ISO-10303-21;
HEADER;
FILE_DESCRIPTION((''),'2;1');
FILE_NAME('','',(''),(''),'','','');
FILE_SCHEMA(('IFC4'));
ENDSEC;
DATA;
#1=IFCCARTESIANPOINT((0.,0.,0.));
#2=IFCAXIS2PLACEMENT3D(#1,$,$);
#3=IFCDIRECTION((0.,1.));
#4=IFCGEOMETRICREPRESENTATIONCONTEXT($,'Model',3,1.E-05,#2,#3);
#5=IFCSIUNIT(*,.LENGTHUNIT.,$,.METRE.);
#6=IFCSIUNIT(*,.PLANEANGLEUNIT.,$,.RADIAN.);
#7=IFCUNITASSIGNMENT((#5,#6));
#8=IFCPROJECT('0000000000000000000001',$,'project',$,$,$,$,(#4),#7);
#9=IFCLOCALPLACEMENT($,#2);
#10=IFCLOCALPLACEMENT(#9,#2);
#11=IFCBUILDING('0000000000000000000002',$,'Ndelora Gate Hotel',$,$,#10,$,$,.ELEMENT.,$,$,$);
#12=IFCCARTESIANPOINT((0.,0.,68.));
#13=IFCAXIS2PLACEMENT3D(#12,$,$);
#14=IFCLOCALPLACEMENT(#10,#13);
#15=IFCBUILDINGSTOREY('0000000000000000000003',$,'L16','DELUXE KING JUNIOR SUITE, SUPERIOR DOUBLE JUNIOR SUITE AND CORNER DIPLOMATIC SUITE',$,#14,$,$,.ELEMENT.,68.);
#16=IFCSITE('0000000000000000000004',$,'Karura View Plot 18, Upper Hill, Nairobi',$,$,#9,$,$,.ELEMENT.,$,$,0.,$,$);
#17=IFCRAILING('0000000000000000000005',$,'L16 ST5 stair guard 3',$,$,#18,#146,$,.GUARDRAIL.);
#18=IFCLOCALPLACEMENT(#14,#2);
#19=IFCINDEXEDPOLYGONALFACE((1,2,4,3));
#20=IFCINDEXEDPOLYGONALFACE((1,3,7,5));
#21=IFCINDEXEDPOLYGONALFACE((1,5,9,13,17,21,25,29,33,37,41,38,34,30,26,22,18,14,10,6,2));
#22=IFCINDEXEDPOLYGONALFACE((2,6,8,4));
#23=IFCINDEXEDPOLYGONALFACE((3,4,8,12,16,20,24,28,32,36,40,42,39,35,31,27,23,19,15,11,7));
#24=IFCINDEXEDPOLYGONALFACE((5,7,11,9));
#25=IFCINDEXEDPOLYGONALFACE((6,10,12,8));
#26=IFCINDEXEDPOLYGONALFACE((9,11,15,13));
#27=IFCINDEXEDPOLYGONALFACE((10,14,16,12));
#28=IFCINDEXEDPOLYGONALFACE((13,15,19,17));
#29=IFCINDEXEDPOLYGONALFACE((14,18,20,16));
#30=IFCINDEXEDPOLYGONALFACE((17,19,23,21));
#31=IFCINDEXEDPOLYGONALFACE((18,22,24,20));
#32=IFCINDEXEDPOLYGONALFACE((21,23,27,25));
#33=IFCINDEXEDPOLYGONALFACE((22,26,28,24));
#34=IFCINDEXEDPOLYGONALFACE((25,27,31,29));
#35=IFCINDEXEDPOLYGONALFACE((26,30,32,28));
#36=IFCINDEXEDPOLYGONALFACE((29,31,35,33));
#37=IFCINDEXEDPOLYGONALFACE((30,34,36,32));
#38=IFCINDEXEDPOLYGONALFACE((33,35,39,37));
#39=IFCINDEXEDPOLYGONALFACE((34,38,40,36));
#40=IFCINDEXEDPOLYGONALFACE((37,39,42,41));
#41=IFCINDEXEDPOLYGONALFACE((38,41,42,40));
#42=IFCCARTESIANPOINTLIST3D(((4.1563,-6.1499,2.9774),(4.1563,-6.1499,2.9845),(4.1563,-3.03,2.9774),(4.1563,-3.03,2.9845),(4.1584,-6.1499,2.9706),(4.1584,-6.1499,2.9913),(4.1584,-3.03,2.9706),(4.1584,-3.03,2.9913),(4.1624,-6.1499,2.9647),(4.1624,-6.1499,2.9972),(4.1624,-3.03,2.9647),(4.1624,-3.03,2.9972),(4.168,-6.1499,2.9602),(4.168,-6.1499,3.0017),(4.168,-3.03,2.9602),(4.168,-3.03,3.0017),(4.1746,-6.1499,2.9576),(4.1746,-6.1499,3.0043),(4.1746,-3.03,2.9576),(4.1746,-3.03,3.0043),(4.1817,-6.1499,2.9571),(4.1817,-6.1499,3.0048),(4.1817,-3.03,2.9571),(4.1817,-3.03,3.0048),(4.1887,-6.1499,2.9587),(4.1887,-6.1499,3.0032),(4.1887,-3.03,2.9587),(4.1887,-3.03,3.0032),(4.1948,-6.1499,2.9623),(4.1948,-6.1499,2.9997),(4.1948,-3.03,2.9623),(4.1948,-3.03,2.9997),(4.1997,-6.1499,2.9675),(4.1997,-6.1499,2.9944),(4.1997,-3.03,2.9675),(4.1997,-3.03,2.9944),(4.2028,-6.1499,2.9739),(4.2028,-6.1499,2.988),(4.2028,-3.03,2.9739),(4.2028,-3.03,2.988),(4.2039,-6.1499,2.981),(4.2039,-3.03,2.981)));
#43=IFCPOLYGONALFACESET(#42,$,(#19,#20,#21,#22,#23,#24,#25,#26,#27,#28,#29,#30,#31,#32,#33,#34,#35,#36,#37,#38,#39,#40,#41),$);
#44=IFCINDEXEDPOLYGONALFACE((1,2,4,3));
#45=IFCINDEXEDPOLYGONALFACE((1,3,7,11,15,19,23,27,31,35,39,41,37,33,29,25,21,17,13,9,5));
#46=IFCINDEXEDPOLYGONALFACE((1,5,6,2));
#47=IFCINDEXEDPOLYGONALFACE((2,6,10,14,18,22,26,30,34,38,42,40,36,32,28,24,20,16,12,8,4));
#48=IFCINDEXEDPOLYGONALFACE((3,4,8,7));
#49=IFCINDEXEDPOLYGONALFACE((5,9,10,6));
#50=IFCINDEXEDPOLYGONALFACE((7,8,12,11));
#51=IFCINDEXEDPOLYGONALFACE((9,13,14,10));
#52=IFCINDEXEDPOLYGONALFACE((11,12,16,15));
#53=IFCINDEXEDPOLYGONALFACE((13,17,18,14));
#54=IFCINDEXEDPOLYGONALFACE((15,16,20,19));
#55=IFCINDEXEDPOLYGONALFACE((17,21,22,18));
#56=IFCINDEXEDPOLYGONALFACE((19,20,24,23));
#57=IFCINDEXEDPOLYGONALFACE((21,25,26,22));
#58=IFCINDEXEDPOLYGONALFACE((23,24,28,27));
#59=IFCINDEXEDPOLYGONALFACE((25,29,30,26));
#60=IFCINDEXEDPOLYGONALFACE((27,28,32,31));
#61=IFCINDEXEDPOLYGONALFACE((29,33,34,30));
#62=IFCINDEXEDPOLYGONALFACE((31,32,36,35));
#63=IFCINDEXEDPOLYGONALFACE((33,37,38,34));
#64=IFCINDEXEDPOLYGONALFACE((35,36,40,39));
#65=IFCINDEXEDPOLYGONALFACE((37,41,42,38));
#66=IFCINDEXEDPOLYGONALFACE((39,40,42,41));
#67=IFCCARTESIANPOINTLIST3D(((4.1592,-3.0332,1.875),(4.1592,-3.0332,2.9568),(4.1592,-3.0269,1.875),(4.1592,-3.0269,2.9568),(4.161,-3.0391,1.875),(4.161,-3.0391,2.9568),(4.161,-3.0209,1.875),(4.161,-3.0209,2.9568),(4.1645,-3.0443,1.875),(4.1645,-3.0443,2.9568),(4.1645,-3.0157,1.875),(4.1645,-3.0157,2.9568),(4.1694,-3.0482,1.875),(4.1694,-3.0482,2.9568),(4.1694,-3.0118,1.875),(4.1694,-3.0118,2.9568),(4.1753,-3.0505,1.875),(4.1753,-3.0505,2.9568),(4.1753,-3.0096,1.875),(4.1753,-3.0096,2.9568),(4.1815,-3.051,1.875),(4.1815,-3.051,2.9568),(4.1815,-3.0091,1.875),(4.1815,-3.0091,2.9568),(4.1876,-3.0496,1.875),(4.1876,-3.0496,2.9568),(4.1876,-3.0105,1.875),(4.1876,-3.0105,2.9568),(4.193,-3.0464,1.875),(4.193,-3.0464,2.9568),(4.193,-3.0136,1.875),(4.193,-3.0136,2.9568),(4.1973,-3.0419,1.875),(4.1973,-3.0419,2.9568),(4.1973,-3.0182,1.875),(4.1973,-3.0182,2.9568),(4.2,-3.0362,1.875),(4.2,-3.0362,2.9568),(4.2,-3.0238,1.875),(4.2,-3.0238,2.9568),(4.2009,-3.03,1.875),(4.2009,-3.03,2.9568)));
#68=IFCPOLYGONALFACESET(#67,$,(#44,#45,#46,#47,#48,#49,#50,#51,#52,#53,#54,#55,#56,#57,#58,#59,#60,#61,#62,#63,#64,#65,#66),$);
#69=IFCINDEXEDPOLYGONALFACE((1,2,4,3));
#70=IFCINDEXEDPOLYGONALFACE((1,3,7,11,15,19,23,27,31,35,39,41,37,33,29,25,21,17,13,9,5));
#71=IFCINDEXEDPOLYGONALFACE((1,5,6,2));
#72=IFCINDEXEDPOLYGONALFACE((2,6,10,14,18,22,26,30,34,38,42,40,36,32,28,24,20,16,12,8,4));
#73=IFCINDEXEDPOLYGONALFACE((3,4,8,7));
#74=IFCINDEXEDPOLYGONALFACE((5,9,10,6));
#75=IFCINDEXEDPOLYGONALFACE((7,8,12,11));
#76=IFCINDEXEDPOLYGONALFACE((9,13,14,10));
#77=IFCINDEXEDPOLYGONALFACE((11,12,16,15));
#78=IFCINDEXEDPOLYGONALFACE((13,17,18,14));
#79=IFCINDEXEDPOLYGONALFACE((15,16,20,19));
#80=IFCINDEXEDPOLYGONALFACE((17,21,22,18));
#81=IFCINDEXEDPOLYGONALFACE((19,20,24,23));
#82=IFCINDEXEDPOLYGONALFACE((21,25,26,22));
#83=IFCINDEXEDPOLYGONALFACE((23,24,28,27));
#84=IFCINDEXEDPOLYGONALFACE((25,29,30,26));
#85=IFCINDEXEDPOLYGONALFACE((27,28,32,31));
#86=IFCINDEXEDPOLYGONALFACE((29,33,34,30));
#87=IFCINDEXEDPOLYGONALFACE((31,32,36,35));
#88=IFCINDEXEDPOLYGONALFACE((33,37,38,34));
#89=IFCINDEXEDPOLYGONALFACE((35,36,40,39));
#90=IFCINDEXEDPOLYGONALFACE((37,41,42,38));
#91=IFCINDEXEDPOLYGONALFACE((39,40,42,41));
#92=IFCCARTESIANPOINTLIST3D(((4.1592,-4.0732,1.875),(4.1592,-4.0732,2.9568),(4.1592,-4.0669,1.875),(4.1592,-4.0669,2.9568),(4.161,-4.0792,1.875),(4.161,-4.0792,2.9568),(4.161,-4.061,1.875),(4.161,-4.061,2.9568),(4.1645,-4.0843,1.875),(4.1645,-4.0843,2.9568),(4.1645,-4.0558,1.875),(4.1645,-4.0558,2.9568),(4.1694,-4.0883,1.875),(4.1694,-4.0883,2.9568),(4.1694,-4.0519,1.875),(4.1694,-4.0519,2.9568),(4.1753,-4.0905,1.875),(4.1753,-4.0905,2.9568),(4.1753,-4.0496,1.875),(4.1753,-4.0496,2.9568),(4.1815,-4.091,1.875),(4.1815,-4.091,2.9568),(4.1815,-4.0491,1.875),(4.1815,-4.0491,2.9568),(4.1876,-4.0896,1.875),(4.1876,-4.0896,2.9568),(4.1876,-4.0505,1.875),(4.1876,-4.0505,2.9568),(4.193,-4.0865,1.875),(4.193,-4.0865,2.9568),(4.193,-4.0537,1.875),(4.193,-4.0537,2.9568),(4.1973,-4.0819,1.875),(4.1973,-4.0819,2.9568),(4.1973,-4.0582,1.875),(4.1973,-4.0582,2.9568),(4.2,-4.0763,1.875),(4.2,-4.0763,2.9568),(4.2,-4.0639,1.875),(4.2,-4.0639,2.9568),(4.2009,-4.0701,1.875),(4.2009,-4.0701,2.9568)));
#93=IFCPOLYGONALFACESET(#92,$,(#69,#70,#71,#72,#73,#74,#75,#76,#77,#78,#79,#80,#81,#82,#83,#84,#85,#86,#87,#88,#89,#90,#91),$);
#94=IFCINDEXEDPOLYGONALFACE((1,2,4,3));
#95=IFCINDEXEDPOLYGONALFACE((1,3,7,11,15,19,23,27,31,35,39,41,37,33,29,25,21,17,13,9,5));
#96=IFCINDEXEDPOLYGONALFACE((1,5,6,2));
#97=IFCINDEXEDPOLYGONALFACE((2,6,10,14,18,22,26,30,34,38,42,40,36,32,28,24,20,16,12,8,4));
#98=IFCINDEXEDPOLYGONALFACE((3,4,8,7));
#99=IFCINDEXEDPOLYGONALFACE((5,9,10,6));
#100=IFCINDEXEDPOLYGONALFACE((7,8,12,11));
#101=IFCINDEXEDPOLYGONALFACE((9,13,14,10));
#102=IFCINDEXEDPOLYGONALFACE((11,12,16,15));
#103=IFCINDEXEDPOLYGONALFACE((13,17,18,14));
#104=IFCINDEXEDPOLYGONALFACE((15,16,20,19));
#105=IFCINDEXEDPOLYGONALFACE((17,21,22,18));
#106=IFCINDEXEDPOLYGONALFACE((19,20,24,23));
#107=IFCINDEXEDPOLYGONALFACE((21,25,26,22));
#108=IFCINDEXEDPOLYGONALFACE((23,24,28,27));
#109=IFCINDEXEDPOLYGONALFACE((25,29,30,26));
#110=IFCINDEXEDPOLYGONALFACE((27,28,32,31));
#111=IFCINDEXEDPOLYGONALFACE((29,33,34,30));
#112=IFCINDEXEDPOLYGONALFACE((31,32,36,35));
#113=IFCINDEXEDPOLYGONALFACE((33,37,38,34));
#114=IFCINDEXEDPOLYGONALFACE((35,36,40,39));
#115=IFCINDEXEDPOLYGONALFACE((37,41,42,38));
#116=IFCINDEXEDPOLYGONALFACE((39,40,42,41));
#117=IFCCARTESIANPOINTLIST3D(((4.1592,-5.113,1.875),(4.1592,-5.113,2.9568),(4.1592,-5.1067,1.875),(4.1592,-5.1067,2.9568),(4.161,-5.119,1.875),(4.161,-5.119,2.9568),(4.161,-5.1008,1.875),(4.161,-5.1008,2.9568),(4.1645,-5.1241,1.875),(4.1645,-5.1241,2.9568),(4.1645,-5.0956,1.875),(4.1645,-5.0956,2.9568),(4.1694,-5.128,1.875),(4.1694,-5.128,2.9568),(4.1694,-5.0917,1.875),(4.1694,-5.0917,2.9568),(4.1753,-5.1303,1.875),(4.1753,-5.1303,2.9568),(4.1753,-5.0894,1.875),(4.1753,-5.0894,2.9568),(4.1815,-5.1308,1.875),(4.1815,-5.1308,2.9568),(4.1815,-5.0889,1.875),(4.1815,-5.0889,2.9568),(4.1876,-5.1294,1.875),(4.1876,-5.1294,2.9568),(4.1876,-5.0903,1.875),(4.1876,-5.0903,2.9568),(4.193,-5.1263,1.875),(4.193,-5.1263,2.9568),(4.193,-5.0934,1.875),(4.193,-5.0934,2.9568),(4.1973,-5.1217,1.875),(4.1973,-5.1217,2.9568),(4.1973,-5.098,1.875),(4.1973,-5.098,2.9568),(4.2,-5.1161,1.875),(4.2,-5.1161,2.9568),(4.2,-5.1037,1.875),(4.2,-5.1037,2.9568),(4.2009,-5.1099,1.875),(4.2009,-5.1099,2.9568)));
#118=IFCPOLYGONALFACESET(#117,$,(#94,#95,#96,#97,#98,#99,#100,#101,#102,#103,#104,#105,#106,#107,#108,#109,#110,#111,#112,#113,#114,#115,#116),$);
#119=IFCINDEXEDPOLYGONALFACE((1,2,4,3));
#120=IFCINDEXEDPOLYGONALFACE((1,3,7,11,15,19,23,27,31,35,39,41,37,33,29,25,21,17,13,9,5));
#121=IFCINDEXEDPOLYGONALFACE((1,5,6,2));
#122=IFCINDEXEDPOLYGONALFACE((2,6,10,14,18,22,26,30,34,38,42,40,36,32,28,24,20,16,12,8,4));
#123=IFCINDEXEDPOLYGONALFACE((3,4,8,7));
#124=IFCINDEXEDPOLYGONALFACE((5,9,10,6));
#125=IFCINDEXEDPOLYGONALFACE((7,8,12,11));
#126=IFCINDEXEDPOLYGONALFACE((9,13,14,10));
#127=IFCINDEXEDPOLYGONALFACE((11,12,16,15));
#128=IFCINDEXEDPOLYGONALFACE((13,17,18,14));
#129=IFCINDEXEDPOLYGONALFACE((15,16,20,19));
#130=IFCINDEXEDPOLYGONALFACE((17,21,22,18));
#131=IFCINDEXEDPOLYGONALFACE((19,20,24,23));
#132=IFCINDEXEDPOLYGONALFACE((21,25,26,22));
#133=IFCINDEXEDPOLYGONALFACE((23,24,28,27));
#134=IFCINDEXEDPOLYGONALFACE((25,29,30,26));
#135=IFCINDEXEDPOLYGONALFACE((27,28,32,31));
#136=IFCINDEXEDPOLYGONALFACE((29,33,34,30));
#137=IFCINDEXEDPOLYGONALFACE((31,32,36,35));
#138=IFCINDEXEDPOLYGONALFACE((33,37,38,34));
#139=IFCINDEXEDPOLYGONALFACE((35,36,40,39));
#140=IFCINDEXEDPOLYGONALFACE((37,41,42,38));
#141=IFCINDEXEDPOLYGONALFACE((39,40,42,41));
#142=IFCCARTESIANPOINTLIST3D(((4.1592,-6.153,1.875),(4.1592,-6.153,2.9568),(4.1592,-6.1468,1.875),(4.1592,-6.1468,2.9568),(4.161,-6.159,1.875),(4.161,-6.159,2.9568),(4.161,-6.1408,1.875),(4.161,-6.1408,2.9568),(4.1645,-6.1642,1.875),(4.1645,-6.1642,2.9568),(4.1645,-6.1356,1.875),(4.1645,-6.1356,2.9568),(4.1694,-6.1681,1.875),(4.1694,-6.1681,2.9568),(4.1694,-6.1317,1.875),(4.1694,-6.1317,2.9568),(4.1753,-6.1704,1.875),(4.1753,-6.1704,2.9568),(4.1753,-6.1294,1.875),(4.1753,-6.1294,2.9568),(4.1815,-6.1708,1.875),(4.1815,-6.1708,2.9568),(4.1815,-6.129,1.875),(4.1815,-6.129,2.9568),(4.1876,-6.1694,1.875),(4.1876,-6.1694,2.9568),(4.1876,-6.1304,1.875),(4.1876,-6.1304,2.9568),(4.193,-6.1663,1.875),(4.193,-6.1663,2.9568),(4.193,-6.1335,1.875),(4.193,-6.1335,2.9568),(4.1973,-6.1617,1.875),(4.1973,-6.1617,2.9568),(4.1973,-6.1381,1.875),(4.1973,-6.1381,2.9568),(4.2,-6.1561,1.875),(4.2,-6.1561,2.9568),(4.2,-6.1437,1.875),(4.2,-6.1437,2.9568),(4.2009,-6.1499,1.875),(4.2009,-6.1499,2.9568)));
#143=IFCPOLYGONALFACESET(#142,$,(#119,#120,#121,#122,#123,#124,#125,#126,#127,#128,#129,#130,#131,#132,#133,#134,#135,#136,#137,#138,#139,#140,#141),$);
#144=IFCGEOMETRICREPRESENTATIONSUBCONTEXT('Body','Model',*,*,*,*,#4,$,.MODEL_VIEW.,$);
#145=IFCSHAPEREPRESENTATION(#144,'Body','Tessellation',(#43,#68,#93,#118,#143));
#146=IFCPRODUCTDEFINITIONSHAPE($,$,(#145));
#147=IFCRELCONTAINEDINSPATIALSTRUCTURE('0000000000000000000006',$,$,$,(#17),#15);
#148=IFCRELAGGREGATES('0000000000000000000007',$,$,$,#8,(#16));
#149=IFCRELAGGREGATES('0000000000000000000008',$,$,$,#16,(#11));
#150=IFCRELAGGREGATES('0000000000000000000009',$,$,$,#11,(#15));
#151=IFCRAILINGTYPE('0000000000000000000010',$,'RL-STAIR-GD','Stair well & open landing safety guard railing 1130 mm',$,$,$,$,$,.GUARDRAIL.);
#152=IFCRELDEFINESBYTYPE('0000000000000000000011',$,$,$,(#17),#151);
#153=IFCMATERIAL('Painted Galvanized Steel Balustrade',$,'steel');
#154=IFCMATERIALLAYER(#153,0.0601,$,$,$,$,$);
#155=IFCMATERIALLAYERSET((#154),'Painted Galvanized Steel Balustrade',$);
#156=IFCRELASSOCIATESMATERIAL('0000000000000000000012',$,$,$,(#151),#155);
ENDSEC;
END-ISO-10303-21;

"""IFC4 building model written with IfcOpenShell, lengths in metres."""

from ifc_helpers import new_model, si_unit, direction, frame, origin, origin_2d, place, context, subcontext, project, spatial, circle, extrude, material, layer, layer_set, type_object, element, save


model = new_model("IFC4")

# Units and contexts
model_context = context("Model", 3, precision=1e-05, world=origin(), true_north=direction((0.0, 1.0)))
body_context = subcontext(model_context, "Body", "Model", "MODEL_VIEW")
ifc_project = project(units=[si_unit("LENGTHUNIT", "METRE"), si_unit("PLANEANGLEUNIT", "RADIAN")], contexts=[model_context])

# Site, building, storey
site_placement = place(None, origin())
site = spatial("IfcSite", under=ifc_project, at=site_placement, Name="Karura View Plot 18, Upper Hill, Nairobi", CompositionType="ELEMENT", RefElevation=0.0)
building_placement = place(site_placement, origin())
building = spatial("IfcBuilding", under=site, at=building_placement, Name="Ndelora Gate Hotel", CompositionType="ELEMENT")
storey_placement = place(building_placement, frame((0.0, 0.0, 68.0)))
storey = spatial("IfcBuildingStorey", under=building, at=storey_placement, Name="L16", Description="DELUXE KING JUNIOR SUITE, SUPERIOR DOUBLE JUNIOR SUITE AND CORNER DIPLOMATIC SUITE", CompositionType="ELEMENT", Elevation=68.0)

# Railing
ifc_material_1 = material(Name="Painted Galvanized Steel Balustrade", Category="steel")
ifc_layer_1 = layer(ifc_material_1, 0.0601)
ifc_layer_set_1 = layer_set([ifc_layer_1], Name="Painted Galvanized Steel Balustrade")
railing_type = type_object("IfcRailingType", Name="RL-STAIR-GD", Description="Stair well & open landing safety guard railing 1130 mm", PredefinedType="GUARDRAIL", material=ifc_layer_set_1)
for number, where, name in (
    (1, (4.1799, -3.03, 1.875), "L16 ST5 stair guard 3"),
):
    element("IfcRailing", number, at=place(storey_placement, frame(where)), inside=storey, type_object=railing_type, Name=name, PredefinedType="GUARDRAIL", context=body_context, shape_type="SweptSolid", body=[
        extrude(circle(Radius=0.0239, at=origin_2d()), frame((0.0, 0.0, 1.106), z_axis=(0.0, -1.0, 0.0), x_axis=(1.0, 0.0, 0.0)), (0.0, 0.0, 1.0), 3.1199),
        extrude(circle(Radius=0.021, at=origin_2d()), origin(), (0.0, 0.0, 1.0), 1.0818),
        extrude(circle(Radius=0.021, at=origin_2d()), frame((0.0, -1.04, 0.0)), (0.0, 0.0, 1.0), 1.0818),
        extrude(circle(Radius=0.021, at=origin_2d()), frame((0.0, -2.0798, 0.0)), (0.0, 0.0, 1.0), 1.0818),
        extrude(circle(Radius=0.021, at=origin_2d()), frame((0.0, -3.1199, 0.0)), (0.0, 0.0, 1.0), 1.0818),
    ])

save(model, "model.ifc")
